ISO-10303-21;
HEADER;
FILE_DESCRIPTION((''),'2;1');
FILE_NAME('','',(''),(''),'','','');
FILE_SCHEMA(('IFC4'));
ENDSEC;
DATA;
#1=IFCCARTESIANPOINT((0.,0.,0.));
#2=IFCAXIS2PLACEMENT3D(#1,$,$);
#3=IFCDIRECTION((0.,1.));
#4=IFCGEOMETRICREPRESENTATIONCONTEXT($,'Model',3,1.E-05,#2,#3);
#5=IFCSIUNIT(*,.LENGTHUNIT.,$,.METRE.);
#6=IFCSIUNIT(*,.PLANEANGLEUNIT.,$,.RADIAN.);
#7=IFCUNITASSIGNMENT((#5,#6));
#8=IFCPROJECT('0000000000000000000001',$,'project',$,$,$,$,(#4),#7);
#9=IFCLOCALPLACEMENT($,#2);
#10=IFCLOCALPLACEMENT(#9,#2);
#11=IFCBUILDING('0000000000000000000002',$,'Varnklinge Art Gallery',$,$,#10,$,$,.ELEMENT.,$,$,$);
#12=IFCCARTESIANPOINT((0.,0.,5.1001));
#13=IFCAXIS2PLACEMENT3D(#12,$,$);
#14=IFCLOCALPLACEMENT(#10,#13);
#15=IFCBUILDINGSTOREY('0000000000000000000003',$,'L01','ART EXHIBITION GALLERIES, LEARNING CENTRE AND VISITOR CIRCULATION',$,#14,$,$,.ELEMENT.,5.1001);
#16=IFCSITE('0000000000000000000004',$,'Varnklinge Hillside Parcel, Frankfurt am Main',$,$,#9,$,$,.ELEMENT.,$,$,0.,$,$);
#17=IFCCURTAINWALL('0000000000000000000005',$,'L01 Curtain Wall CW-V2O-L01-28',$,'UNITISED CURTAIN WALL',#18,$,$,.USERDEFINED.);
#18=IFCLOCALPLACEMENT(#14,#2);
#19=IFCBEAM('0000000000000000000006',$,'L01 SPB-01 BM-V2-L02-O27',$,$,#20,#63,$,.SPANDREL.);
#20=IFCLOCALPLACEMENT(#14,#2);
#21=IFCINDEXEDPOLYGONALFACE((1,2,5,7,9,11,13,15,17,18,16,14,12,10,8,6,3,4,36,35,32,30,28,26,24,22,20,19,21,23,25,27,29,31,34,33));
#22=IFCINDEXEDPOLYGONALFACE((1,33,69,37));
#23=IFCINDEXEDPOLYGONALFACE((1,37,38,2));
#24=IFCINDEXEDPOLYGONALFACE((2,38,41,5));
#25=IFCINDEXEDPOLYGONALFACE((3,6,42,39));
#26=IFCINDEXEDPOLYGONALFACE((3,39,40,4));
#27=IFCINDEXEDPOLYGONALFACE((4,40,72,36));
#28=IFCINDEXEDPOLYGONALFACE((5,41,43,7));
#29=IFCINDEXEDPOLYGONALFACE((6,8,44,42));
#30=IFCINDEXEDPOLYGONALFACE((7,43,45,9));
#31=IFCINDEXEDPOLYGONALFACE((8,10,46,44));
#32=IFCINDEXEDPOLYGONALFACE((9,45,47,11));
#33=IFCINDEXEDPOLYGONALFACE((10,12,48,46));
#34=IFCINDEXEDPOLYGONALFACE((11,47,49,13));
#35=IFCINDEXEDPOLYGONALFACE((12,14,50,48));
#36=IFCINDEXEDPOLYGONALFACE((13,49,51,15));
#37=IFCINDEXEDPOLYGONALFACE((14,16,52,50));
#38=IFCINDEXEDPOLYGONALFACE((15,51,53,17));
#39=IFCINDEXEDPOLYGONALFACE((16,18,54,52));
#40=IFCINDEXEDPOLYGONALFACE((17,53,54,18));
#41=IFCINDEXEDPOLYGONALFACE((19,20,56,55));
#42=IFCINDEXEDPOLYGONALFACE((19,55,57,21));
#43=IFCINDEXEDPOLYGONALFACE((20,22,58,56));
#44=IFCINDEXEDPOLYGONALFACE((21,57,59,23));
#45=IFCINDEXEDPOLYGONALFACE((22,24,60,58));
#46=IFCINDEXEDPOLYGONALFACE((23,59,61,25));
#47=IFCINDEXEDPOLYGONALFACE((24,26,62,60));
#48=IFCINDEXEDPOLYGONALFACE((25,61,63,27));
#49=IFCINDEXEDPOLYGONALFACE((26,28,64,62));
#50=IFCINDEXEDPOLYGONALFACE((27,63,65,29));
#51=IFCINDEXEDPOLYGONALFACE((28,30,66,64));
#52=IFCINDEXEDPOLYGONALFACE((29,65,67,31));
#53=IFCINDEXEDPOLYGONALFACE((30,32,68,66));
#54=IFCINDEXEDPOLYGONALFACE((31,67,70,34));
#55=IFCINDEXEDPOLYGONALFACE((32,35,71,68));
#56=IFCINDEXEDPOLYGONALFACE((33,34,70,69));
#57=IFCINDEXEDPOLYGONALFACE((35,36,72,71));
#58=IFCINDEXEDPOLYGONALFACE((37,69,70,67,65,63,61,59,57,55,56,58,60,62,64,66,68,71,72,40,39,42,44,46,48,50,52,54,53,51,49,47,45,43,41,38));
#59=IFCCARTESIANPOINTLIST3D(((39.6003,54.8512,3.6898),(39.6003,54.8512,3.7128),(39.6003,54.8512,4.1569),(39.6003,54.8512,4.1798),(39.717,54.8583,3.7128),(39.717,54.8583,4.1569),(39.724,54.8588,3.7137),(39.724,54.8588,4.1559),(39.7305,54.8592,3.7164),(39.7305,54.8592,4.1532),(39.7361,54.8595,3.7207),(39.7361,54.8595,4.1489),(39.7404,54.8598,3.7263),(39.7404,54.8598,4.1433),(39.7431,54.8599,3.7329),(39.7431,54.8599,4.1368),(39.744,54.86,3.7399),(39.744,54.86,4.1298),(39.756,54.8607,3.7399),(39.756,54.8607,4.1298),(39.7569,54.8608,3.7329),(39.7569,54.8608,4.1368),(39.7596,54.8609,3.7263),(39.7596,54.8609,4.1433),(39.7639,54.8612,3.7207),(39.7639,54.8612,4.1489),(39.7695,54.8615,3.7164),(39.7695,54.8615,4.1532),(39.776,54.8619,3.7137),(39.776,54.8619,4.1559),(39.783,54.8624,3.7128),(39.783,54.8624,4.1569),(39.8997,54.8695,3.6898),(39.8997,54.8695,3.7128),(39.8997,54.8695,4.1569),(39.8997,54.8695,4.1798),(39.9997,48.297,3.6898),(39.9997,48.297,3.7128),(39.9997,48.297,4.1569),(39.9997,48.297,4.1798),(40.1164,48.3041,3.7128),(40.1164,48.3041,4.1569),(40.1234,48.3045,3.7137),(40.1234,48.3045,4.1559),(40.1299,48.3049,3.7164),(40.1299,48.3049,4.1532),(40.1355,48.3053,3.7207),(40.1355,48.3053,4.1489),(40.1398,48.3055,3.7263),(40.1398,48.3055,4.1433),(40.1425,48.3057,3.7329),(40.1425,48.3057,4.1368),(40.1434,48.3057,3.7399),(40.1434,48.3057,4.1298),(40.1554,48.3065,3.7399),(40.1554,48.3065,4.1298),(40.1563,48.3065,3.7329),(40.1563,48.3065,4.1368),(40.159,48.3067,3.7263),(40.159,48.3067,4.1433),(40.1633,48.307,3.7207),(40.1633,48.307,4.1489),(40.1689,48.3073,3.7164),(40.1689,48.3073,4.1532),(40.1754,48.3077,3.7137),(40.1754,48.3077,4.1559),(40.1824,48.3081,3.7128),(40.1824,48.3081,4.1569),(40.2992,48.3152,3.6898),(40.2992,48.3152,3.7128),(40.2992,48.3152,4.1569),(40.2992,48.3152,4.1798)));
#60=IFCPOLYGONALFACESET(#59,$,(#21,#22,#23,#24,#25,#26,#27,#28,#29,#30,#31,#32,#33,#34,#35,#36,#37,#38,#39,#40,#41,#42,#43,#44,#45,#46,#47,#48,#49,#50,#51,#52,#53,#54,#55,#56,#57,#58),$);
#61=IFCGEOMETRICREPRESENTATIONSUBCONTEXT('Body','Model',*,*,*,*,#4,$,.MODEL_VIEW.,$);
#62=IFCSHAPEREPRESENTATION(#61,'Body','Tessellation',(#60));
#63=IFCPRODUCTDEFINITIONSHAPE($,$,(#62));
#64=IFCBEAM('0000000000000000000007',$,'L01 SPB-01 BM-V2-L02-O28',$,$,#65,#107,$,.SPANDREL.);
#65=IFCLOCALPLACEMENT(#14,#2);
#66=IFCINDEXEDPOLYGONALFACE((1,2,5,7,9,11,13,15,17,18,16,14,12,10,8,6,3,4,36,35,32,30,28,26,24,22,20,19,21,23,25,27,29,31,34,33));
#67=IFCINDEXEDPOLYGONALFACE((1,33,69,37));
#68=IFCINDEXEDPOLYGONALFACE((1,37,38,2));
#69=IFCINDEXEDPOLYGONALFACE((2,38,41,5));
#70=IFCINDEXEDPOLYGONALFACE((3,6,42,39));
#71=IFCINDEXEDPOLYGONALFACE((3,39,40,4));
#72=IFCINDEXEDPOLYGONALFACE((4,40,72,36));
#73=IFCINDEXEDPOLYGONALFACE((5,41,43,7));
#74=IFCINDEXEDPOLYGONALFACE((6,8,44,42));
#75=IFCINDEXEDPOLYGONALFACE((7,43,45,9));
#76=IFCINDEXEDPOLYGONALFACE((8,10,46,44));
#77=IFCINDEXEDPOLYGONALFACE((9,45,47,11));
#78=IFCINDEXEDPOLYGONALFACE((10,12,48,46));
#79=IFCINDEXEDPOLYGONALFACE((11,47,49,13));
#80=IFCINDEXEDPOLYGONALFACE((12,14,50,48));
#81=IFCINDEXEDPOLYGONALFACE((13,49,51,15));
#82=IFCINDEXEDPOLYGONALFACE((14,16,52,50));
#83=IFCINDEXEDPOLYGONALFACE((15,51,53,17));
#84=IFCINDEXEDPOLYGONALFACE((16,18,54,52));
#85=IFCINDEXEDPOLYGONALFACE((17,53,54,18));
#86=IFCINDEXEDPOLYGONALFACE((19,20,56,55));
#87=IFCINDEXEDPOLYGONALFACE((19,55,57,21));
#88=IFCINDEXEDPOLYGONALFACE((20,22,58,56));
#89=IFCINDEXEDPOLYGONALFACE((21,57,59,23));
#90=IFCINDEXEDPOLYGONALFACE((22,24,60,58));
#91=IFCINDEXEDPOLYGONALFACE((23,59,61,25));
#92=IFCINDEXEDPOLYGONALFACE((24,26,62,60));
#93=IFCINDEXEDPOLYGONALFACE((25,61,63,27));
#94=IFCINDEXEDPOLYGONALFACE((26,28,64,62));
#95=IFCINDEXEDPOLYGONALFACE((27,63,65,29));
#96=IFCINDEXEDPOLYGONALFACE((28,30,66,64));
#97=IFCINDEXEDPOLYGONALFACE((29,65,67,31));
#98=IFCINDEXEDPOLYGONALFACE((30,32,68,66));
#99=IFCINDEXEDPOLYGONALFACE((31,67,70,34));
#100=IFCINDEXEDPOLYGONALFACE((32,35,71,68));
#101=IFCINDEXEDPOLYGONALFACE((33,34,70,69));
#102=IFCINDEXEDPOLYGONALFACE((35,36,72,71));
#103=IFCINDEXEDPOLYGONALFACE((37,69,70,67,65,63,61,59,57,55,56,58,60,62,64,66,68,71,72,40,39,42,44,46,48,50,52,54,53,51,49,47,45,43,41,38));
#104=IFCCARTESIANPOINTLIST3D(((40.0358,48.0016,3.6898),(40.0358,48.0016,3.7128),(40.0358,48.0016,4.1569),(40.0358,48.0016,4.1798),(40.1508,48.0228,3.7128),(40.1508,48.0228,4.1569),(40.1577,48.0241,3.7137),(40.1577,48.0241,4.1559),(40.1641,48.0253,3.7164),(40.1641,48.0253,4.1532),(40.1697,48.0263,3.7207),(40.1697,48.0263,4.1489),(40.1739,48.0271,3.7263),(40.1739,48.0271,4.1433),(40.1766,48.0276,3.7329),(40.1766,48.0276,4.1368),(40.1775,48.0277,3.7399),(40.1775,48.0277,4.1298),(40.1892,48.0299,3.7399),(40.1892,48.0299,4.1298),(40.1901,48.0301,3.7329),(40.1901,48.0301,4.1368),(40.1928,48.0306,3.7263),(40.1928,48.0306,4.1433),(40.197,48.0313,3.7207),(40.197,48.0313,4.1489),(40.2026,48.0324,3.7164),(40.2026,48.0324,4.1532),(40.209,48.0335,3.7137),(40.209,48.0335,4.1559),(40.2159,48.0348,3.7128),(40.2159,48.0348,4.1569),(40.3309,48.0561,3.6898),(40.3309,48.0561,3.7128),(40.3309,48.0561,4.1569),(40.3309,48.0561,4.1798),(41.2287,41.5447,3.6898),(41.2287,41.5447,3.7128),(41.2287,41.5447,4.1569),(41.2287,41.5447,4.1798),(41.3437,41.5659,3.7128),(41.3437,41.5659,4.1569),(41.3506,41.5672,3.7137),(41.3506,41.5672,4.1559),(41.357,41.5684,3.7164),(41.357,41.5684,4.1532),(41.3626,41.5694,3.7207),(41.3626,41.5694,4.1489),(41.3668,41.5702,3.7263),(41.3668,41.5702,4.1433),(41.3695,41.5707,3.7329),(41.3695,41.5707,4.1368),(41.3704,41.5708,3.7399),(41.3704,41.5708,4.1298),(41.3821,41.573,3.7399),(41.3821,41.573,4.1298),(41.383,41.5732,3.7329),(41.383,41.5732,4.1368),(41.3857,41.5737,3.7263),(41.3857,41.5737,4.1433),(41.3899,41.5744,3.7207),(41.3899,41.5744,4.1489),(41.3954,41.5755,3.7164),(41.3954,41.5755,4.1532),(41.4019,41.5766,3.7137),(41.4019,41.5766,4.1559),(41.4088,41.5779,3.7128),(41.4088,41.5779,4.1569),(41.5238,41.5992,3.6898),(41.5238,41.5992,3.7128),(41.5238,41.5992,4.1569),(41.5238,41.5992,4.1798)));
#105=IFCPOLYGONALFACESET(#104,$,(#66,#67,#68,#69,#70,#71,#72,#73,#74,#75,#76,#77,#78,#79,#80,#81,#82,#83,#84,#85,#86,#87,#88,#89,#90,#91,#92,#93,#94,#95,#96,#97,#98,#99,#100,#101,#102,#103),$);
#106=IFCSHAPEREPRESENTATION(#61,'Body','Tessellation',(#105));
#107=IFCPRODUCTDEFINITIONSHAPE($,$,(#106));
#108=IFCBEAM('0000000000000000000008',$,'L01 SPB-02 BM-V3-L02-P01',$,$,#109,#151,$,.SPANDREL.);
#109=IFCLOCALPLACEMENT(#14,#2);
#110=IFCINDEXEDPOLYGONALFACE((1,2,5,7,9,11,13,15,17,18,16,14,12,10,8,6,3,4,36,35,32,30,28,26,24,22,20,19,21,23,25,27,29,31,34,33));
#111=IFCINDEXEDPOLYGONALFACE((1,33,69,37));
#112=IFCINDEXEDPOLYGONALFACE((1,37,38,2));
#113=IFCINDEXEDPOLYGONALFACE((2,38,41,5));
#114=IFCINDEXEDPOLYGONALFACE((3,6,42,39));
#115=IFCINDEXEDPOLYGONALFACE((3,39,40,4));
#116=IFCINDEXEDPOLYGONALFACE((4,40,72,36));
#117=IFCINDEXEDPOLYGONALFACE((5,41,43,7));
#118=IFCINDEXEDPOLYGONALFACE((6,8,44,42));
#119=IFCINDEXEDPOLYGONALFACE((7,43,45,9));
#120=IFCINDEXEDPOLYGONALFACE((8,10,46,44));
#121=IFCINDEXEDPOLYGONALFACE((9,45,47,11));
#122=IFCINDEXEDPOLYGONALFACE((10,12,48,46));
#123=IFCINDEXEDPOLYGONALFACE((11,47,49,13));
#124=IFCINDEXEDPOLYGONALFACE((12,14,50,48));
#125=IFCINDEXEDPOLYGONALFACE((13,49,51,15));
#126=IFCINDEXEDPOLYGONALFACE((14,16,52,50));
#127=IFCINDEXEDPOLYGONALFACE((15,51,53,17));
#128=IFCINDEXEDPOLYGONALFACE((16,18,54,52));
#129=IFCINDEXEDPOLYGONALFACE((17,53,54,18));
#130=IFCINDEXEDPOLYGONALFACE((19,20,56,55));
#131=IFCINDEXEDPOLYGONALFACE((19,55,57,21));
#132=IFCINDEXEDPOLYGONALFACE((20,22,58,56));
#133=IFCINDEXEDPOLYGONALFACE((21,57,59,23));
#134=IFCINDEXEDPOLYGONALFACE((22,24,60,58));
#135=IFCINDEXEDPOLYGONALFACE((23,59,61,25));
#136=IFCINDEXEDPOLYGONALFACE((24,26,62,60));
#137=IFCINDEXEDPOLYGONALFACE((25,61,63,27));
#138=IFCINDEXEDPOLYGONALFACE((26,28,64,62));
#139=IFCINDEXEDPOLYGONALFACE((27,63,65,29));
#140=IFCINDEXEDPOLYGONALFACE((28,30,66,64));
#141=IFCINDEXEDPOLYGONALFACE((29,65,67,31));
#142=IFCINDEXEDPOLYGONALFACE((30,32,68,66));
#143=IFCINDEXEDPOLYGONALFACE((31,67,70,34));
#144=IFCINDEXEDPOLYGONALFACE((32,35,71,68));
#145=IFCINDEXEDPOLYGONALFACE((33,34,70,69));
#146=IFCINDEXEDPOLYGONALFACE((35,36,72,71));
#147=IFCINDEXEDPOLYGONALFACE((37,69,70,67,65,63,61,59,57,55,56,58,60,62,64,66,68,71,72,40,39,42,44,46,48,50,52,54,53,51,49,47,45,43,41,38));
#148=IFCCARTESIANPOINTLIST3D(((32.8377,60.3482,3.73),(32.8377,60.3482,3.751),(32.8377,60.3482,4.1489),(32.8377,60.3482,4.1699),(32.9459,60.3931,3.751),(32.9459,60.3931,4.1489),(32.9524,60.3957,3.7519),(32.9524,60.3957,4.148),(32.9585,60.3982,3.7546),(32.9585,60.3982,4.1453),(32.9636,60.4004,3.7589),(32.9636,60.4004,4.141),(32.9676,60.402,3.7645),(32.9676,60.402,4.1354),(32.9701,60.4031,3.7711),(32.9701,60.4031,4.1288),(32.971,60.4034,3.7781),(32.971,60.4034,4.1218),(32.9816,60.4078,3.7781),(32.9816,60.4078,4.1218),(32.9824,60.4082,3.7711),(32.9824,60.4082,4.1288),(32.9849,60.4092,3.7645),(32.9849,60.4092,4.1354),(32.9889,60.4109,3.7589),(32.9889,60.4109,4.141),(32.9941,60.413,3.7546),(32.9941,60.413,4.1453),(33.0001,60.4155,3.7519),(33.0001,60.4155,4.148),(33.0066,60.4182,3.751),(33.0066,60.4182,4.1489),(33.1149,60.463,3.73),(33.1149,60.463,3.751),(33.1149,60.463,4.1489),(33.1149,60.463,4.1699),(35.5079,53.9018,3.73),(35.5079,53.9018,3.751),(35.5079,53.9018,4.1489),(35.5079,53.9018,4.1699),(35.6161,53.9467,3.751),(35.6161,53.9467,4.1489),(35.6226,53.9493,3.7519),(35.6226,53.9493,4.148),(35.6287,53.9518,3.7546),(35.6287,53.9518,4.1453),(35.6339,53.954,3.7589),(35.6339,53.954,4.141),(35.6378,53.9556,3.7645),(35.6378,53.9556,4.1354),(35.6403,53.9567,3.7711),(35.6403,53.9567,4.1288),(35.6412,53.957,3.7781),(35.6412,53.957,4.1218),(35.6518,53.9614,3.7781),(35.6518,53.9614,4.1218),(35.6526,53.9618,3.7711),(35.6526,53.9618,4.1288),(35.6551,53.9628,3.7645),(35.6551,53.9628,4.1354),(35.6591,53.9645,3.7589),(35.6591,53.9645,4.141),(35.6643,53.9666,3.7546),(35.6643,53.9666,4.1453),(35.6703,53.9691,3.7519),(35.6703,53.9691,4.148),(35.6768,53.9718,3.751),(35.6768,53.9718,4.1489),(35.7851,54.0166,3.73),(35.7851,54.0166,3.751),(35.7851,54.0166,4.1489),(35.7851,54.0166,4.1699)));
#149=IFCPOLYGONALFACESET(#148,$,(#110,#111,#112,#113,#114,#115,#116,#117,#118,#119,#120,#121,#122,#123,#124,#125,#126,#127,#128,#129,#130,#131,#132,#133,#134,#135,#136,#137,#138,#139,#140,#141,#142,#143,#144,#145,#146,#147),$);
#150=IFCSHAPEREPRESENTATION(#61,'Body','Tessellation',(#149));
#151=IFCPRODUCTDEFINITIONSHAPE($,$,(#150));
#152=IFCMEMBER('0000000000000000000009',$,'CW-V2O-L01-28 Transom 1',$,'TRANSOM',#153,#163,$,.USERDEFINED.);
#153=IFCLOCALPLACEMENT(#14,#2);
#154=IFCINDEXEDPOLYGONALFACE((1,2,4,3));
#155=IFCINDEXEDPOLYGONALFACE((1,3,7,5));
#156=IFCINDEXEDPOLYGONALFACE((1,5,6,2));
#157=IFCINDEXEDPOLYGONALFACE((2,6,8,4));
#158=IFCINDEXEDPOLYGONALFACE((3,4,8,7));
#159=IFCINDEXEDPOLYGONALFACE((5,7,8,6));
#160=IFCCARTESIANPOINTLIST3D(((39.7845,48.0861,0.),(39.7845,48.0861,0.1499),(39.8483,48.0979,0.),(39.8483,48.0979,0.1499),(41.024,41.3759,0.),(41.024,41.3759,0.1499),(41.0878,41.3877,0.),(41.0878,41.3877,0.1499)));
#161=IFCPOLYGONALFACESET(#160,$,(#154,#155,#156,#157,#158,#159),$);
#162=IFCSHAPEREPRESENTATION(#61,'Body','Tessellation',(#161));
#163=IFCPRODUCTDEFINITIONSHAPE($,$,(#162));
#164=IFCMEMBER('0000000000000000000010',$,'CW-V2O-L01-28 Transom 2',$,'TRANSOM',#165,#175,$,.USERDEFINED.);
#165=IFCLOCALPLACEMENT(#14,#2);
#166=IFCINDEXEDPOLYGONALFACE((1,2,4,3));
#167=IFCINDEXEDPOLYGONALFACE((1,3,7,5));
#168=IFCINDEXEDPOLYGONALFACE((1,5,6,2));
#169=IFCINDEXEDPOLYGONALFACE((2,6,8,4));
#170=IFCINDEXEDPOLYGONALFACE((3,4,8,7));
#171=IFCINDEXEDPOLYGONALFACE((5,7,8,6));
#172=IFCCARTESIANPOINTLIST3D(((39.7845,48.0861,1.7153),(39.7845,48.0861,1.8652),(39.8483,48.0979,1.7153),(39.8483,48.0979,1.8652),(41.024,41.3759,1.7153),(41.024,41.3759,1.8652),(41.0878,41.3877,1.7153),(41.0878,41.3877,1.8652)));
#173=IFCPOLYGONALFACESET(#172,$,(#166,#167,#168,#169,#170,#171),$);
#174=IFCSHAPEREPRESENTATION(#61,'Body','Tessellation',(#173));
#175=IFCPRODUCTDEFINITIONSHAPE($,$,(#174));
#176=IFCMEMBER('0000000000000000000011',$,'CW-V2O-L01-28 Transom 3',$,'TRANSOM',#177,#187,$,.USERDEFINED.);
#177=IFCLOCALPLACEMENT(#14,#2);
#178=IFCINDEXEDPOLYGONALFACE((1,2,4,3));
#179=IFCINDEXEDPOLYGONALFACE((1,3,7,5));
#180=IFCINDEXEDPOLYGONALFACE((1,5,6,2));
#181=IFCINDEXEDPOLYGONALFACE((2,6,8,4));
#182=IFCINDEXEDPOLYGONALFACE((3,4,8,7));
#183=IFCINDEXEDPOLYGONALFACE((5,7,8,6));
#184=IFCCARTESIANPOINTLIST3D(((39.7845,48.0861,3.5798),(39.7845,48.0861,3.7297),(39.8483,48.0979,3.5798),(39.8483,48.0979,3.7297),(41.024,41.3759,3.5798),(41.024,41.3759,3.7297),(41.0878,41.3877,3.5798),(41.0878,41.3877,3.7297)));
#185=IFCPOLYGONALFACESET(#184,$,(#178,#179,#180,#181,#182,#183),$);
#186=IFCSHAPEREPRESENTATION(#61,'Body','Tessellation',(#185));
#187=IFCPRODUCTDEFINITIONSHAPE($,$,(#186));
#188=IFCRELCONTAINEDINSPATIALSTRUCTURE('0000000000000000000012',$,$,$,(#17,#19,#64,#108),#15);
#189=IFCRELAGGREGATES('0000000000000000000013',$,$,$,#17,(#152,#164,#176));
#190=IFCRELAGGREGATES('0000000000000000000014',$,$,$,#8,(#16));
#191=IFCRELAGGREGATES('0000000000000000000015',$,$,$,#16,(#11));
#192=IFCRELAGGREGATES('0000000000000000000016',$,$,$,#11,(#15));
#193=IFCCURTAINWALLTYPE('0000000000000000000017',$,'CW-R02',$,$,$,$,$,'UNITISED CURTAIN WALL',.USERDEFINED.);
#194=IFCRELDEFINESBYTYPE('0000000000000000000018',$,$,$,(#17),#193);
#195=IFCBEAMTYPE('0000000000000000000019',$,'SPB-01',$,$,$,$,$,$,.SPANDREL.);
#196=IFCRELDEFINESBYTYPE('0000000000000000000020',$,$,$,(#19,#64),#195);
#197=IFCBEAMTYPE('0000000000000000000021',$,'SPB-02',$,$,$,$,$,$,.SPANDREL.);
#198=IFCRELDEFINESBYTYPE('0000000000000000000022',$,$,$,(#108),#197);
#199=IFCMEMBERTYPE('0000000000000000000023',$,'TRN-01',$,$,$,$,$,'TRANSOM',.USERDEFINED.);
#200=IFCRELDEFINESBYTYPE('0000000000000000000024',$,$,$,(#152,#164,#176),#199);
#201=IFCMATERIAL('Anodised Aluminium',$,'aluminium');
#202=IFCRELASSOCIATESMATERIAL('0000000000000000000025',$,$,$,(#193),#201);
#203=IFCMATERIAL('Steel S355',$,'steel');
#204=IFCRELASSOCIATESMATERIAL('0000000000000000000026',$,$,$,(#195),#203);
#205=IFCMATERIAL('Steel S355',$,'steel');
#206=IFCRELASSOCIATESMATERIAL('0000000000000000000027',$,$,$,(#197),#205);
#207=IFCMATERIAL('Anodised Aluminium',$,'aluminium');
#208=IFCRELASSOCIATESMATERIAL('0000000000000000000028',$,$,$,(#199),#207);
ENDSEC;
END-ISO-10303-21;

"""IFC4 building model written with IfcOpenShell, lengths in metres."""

from ifc_helpers import new_model, si_unit, direction, frame, origin, origin_2d, place, context, subcontext, project, spatial, rectangle, i_section, extrude, material, material_profile, profile_set, type_object, element, aggregate, save


model = new_model("IFC4")

# Units and contexts
model_context = context("Model", 3, precision=1e-05, world=origin(), true_north=direction((0.0, 1.0)))
body_context = subcontext(model_context, "Body", "Model", "MODEL_VIEW")
ifc_project = project(units=[si_unit("LENGTHUNIT", "METRE"), si_unit("PLANEANGLEUNIT", "RADIAN")], contexts=[model_context])

# Site, building, storey
site_placement = place(None, origin())
site = spatial("IfcSite", under=ifc_project, at=site_placement, Name="Varnklinge Hillside Parcel, Frankfurt am Main", CompositionType="ELEMENT", RefElevation=0.0)
building_placement = place(site_placement, origin())
building = spatial("IfcBuilding", under=site, at=building_placement, Name="Varnklinge Art Gallery", CompositionType="ELEMENT")
storey_placement = place(building_placement, frame((0.0, 0.0, 5.1001)))
storey = spatial("IfcBuildingStorey", under=building, at=storey_placement, Name="L01", Description="ART EXHIBITION GALLERIES, LEARNING CENTRE AND VISITOR CIRCULATION", CompositionType="ELEMENT", Elevation=5.1001)

# Curtain wall
ifc_material_1 = material(Name="Anodised Aluminium", Category="aluminium")
curtain_wall_type = type_object("IfcCurtainWallType", Name="CW-R02", ElementType="UNITISED CURTAIN WALL", PredefinedType="USERDEFINED", material=ifc_material_1)
curtain_wall_1_placement = place(storey_placement, origin())
curtain_wall_1 = element("IfcCurtainWall", 1, at=curtain_wall_1_placement, inside=storey, type_object=curtain_wall_type, Name="L01 Curtain Wall CW-V2O-L01-28", ObjectType="UNITISED CURTAIN WALL", PredefinedType="USERDEFINED")

# Beams
ifc_material_2 = material(Name="Steel S355", Category="steel")
ifc_material_profile_1 = material_profile(ifc_material_2, i_section(OverallWidth=0.3, OverallDepth=0.49, WebThickness=0.012, FlangeThickness=0.0229, FilletRadius=0.0271, at=origin_2d()), Name="HEA 500")
ifc_profile_set_1 = profile_set([ifc_material_profile_1], Name="Steel S355")
beam_type_1 = type_object("IfcBeamType", Name="SPB-01", PredefinedType="SPANDREL", material=ifc_profile_set_1)
beam_1_placement = place(storey_placement, frame((39.75, 54.8604, 3.9348), z_axis=(0.060827, -0.998148, 0.0), x_axis=(0.998148, 0.060827, 0.0)))
element("IfcBeam", 2, at=beam_1_placement, inside=storey, type_object=beam_type_1, Name="L01 SPB-01 BM-V2-L02-O27", PredefinedType="SPANDREL", context=body_context, shape_type="SweptSolid", body=[
    extrude(i_section(OverallWidth=0.3, OverallDepth=0.49, WebThickness=0.012, FlangeThickness=0.0229, FilletRadius=0.0271, at=origin_2d()), origin(), (0.0, 0.0, 1.0), 6.5664),
])
beam_2_placement = place(storey_placement, frame((40.1833, 48.0288, 3.9348), z_axis=(0.181672, -0.983359, 0.0), x_axis=(0.983359, 0.181672, 0.0)))
element("IfcBeam", 3, at=beam_2_placement, inside=storey, type_object=beam_type_1, Name="L01 SPB-01 BM-V2-L02-O28", PredefinedType="SPANDREL", context=body_context, shape_type="SweptSolid", body=[
    extrude(i_section(OverallWidth=0.3, OverallDepth=0.49, WebThickness=0.012, FlangeThickness=0.0229, FilletRadius=0.0271, at=origin_2d()), origin(), (0.0, 0.0, 1.0), 6.5662),
])
ifc_material_3 = material(Name="Steel S355", Category="steel")
ifc_material_profile_2 = material_profile(ifc_material_3, i_section(OverallWidth=0.3, OverallDepth=0.4399, WebThickness=0.0115, FlangeThickness=0.021, FilletRadius=0.0271, at=origin_2d()), Name="HEA 450")
ifc_profile_set_2 = profile_set([ifc_material_profile_2], Name="Steel S355")
beam_type_2 = type_object("IfcBeamType", Name="SPB-02", PredefinedType="SPANDREL", material=ifc_profile_set_2)
beam_3_placement = place(storey_placement, frame((35.6465, 53.9592, 3.95), z_axis=(-0.382687, 0.923878, 0.0), x_axis=(-0.923878, -0.382687, 0.0)))
element("IfcBeam", 4, at=beam_3_placement, inside=storey, type_object=beam_type_2, Name="L01 SPB-02 BM-V3-L02-P01", PredefinedType="SPANDREL", context=body_context, shape_type="SweptSolid", body=[
    extrude(i_section(OverallWidth=0.3, OverallDepth=0.4399, WebThickness=0.0115, FlangeThickness=0.021, FilletRadius=0.0271, at=origin_2d()), origin(), (0.0, 0.0, 1.0), 6.9775),
])

# Members
ifc_material_4 = material(Name="Anodised Aluminium", Category="aluminium")
ifc_material_profile_3 = material_profile(ifc_material_4, rectangle(XDim=0.0649, YDim=0.1499, at=origin_2d()), Name="ALU 65x150")
ifc_profile_set_3 = profile_set([ifc_material_profile_3], Name="Anodised Aluminium")
member_type_1 = type_object("IfcMemberType", Name="TRN-01", ElementType="TRANSOM", PredefinedType="USERDEFINED", material=ifc_profile_set_3)
member_1_placement = place(storey_placement, frame((39.8164, 48.092, 0.075), z_axis=(0.181646, -0.983364, 0.0), x_axis=(0.983364, 0.181646, 0.0)))
member_1 = element("IfcMember", 5, at=member_1_placement, type_object=member_type_1, Name="CW-V2O-L01-28 Transom 1", ObjectType="TRANSOM", PredefinedType="USERDEFINED", context=body_context, shape_type="SweptSolid", body=[
    extrude(rectangle(XDim=0.0649, YDim=0.1499, at=origin_2d()), origin(), (0.0, 0.0, 1.0), 6.8237),
])
member_2_placement = place(storey_placement, frame((39.8164, 48.092, 1.7903), z_axis=(0.181646, -0.983364, 0.0), x_axis=(0.983364, 0.181646, 0.0)))
member_2 = element("IfcMember", 6, at=member_2_placement, type_object=member_type_1, Name="CW-V2O-L01-28 Transom 2", ObjectType="TRANSOM", PredefinedType="USERDEFINED", context=body_context, shape_type="SweptSolid", body=[
    extrude(rectangle(XDim=0.0649, YDim=0.1499, at=origin_2d()), origin(), (0.0, 0.0, 1.0), 6.8237),
])
member_3_placement = place(storey_placement, frame((39.8164, 48.092, 3.6548), z_axis=(0.181646, -0.983364, 0.0), x_axis=(0.983364, 0.181646, 0.0)))
member_3 = element("IfcMember", 7, at=member_3_placement, type_object=member_type_1, Name="CW-V2O-L01-28 Transom 3", ObjectType="TRANSOM", PredefinedType="USERDEFINED", context=body_context, shape_type="SweptSolid", body=[
    extrude(rectangle(XDim=0.0649, YDim=0.1499, at=origin_2d()), origin(), (0.0, 0.0, 1.0), 6.8237),
])

aggregate(curtain_wall_1, [member_1, member_2, member_3])

save(model, "model.ifc")
